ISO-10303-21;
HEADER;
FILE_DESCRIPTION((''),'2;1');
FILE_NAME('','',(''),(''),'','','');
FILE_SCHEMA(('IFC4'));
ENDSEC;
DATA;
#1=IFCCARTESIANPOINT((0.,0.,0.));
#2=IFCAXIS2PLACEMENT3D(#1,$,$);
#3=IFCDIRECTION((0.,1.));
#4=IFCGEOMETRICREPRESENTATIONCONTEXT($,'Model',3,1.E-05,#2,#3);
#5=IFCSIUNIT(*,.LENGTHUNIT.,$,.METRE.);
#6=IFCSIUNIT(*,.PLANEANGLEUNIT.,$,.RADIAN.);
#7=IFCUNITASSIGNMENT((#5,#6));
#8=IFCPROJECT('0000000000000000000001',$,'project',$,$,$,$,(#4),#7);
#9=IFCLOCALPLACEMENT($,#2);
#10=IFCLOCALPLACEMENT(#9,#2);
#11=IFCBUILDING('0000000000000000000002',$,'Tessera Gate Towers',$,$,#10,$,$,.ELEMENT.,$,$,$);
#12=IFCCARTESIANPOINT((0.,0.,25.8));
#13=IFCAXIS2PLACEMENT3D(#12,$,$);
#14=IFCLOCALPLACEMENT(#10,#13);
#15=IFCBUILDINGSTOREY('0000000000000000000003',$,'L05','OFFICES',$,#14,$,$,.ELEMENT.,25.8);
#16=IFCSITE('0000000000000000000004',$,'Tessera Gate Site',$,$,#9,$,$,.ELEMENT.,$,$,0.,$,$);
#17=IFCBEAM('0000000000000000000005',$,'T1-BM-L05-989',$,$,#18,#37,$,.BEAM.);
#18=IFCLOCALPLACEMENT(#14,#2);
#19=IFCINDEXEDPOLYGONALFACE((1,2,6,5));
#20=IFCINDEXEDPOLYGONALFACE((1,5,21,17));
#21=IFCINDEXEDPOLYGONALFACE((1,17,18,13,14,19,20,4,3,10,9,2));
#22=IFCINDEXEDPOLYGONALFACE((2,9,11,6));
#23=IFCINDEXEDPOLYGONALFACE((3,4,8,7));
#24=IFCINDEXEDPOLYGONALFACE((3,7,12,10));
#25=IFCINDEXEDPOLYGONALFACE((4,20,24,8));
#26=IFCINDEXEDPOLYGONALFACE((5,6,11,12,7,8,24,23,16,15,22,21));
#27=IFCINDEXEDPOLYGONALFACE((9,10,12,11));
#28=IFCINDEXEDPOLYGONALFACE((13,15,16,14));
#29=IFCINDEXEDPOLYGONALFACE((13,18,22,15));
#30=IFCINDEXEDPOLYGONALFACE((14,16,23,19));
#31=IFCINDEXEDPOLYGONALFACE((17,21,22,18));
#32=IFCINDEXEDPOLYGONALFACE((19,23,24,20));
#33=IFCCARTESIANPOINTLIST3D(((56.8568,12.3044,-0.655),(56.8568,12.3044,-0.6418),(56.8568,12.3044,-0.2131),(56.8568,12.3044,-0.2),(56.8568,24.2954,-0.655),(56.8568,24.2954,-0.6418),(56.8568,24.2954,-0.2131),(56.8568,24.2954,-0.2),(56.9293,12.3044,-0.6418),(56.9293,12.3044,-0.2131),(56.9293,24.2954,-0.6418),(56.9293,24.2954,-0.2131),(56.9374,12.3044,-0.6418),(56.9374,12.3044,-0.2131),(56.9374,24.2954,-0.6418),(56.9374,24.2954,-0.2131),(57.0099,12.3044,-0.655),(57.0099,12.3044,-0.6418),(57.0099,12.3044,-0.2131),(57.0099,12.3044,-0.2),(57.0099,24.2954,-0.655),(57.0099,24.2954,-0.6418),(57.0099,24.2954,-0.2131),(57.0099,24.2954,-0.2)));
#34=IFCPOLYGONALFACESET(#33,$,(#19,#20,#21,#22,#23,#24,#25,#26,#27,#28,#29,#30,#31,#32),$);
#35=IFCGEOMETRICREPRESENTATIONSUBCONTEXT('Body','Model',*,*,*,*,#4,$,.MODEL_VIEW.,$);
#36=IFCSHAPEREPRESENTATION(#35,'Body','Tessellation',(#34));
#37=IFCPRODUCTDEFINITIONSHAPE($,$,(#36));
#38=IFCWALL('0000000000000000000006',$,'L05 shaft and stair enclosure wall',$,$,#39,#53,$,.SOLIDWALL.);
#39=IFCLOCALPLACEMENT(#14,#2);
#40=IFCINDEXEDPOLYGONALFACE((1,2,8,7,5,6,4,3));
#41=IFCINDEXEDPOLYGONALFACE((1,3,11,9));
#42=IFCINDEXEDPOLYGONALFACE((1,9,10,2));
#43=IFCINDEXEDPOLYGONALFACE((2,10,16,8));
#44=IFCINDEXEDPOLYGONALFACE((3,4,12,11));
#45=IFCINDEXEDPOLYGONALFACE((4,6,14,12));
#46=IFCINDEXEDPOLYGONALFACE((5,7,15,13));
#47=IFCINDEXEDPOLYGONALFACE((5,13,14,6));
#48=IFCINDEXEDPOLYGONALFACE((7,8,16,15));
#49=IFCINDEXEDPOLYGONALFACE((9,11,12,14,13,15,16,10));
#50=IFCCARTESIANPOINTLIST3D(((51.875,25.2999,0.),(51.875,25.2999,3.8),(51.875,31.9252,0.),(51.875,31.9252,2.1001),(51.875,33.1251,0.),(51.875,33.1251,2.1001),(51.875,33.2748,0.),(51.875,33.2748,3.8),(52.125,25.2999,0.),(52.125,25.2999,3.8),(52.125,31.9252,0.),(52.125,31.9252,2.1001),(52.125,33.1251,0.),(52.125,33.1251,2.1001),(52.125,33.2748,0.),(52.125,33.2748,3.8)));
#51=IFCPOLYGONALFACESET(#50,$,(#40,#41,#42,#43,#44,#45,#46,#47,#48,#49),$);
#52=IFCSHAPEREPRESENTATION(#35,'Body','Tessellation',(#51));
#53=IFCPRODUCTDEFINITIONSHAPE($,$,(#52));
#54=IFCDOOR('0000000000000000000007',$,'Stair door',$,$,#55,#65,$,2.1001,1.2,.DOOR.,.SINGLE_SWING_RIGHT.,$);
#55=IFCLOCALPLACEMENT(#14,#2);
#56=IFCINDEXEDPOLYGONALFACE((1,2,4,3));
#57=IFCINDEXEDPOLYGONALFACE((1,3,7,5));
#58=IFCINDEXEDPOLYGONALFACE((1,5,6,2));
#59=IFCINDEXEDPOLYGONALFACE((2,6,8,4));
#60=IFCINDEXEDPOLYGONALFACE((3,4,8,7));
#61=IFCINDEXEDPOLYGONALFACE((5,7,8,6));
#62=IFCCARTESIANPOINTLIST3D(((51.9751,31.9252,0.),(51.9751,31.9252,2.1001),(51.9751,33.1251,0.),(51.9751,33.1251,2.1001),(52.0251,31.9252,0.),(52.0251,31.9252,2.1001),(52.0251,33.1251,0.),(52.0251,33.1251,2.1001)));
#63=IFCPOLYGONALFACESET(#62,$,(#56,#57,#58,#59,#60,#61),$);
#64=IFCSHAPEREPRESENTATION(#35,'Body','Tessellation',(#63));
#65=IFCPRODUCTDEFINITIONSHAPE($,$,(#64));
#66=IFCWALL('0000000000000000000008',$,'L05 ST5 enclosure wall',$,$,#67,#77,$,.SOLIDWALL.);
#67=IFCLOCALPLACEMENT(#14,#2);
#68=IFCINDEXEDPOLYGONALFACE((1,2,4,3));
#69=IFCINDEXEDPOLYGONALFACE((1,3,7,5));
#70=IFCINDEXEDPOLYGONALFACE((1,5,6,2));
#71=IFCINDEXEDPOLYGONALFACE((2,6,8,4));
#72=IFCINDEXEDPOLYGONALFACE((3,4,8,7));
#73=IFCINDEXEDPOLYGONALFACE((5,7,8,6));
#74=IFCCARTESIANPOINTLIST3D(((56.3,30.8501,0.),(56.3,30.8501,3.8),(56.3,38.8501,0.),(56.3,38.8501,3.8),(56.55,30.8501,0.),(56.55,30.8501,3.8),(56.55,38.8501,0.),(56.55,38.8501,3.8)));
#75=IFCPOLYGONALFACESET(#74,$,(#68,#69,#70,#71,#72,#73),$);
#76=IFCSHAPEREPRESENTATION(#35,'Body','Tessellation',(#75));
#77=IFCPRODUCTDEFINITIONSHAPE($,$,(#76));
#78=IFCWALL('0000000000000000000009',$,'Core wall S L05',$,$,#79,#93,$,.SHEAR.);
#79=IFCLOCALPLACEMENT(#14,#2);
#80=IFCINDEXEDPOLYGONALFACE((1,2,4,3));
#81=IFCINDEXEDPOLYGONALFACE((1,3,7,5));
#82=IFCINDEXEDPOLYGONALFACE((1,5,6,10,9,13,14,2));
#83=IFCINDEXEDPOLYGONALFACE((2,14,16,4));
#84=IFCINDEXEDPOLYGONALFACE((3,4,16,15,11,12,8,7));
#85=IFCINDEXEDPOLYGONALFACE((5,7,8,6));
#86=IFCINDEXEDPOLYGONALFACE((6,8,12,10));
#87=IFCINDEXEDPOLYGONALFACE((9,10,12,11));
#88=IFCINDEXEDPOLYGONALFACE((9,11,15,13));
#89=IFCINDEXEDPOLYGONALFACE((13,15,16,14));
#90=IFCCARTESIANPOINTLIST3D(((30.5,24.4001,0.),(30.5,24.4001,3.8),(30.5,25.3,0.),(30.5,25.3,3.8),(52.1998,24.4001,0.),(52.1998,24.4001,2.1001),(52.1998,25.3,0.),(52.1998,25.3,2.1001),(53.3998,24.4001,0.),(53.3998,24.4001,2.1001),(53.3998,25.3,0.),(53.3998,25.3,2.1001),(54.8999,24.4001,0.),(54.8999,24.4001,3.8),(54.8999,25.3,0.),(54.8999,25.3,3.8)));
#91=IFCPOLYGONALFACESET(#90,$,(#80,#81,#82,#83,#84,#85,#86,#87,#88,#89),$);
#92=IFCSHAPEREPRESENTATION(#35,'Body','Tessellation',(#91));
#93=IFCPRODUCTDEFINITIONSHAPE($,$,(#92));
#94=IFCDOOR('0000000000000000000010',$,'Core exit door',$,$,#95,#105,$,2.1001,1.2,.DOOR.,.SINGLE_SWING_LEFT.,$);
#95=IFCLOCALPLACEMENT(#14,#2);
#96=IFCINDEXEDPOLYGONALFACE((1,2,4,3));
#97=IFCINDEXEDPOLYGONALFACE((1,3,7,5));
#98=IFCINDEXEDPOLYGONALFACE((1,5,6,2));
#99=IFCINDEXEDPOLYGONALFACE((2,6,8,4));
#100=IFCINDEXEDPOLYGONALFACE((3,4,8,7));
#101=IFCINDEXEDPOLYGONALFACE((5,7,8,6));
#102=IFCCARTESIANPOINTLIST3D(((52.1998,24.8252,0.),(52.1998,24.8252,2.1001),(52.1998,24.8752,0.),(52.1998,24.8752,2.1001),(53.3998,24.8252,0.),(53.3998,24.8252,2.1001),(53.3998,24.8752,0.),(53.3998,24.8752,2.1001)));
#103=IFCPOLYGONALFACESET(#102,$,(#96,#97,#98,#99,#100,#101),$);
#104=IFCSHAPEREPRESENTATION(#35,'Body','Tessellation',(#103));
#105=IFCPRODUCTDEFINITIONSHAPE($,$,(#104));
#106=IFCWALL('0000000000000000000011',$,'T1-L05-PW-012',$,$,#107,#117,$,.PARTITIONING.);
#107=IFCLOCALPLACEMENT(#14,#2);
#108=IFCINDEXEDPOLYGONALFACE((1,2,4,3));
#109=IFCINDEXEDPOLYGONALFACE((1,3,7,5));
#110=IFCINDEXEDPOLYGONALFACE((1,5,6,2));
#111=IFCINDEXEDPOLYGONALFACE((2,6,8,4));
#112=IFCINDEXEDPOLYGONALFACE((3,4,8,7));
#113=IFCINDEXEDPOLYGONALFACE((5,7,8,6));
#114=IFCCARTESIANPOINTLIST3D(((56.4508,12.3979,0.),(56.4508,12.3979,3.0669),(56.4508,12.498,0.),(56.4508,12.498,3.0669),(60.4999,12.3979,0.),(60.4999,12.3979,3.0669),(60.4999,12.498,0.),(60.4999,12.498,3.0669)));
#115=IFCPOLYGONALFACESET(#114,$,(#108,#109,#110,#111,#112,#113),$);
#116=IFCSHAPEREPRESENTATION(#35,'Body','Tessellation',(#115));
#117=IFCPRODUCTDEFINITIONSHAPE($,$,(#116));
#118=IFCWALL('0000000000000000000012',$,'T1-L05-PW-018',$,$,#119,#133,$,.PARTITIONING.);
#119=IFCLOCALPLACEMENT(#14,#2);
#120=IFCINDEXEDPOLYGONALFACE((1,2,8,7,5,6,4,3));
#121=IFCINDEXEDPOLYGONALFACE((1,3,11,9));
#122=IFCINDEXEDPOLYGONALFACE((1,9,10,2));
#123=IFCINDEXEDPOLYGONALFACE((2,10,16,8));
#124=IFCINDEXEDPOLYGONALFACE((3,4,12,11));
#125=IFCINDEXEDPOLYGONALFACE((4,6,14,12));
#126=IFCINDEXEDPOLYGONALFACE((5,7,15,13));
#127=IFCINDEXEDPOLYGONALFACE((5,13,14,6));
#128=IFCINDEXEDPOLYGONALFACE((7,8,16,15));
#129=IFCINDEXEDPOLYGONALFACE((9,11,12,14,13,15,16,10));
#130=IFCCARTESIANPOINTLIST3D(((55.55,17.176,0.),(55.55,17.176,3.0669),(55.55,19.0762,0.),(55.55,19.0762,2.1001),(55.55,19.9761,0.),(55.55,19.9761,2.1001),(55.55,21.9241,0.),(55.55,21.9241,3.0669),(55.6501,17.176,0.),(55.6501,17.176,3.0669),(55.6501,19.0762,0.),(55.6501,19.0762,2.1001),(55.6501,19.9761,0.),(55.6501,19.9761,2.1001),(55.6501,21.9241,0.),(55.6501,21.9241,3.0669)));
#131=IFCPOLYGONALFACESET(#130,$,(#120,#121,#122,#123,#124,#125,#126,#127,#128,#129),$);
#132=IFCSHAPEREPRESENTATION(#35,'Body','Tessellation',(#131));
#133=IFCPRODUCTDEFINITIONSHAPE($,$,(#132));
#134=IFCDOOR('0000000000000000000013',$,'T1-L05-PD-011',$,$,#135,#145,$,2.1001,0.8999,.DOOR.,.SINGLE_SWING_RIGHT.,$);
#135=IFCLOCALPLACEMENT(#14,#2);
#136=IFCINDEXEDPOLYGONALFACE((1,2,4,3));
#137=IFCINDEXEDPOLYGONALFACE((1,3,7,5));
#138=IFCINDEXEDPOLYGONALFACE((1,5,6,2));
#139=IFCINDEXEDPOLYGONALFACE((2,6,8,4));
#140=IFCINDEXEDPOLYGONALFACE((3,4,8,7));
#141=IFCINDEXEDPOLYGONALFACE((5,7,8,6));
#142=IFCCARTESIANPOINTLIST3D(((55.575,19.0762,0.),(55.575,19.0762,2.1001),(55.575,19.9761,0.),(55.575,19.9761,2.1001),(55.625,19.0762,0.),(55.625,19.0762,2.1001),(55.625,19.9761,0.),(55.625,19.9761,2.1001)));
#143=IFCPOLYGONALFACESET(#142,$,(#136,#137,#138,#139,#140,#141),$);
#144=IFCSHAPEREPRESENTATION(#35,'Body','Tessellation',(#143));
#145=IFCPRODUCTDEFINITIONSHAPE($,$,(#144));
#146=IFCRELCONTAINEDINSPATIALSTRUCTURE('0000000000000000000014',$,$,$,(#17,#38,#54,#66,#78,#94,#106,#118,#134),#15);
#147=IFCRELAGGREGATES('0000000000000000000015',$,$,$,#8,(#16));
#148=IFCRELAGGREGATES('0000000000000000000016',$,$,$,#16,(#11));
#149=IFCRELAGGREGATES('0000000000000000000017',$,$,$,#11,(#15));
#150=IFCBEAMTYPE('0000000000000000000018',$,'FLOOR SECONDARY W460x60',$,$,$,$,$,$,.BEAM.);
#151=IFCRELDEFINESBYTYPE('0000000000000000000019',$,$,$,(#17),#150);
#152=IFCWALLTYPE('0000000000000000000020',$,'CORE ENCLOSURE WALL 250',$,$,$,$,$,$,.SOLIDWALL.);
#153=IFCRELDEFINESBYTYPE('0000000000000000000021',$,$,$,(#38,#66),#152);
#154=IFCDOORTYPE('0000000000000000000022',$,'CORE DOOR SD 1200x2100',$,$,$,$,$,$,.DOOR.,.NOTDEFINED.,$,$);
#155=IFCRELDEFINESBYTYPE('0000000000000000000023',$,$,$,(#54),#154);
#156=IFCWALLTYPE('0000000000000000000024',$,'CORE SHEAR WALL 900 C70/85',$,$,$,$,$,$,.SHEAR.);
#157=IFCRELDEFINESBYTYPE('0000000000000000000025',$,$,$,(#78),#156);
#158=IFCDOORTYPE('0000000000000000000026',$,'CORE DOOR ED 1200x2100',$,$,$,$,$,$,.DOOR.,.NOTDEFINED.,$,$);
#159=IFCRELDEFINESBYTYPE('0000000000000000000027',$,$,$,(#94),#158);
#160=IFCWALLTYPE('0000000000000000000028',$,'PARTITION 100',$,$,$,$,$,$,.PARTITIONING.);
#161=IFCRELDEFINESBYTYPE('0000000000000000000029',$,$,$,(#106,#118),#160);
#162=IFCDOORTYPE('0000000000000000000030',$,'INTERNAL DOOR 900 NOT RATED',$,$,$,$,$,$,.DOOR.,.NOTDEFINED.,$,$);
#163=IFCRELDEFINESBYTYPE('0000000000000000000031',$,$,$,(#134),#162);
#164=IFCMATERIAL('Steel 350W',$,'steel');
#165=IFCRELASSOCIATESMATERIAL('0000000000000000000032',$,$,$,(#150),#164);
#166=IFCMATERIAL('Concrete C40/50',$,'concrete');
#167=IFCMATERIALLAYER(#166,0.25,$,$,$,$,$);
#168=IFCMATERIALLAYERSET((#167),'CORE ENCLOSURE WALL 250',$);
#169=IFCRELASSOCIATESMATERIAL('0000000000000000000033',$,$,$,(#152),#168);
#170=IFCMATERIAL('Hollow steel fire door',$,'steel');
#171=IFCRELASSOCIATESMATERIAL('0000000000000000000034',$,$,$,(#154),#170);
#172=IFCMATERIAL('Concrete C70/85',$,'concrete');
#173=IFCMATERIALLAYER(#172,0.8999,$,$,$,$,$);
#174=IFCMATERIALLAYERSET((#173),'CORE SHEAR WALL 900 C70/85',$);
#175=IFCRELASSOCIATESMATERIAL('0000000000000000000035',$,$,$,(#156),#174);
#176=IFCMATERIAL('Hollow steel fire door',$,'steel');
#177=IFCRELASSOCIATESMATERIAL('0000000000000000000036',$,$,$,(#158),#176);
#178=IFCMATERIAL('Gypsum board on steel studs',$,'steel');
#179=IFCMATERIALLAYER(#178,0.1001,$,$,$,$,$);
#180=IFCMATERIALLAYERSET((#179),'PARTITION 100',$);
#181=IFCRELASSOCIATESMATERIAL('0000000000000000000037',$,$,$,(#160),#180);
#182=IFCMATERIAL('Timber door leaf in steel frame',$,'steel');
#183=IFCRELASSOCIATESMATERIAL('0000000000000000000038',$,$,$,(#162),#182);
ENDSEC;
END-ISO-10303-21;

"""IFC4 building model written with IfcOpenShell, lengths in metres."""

from ifc_helpers import new_model, si_unit, direction, frame, frame_2d, origin, origin_2d, place, context, subcontext, project, spatial, rectangle, i_section, extrude, source, transform, mapped, material, layer, layer_set, material_profile, profile_set, type_object, element, fill, save


model = new_model("IFC4")

# Units and contexts
model_context = context("Model", 3, precision=1e-05, world=origin(), true_north=direction((0.0, 1.0)))
body_context = subcontext(model_context, "Body", "Model", "MODEL_VIEW")
ifc_project = project(units=[si_unit("LENGTHUNIT", "METRE"), si_unit("PLANEANGLEUNIT", "RADIAN")], contexts=[model_context])

# Site, building, storey
site_placement = place(None, origin())
site = spatial("IfcSite", under=ifc_project, at=site_placement, Name="Tessera Gate Site", CompositionType="ELEMENT", RefElevation=0.0)
building_placement = place(site_placement, origin())
building = spatial("IfcBuilding", under=site, at=building_placement, Name="Tessera Gate Towers", CompositionType="ELEMENT")
storey_placement = place(building_placement, frame((0.0, 0.0, 25.8)))
storey = spatial("IfcBuildingStorey", under=building, at=storey_placement, Name="L05", Description="OFFICES", CompositionType="ELEMENT", Elevation=25.8)

# Beam
ifc_material_1 = material(Name="Steel 350W", Category="steel")
ifc_material_profile_1 = material_profile(ifc_material_1, i_section(OverallWidth=0.1531, OverallDepth=0.4551, WebThickness=0.0081, FlangeThickness=0.0132, at=origin_2d()), Name="W460x60")
ifc_profile_set_1 = profile_set([ifc_material_profile_1], Name="Steel 350W")
beam_type_1 = type_object("IfcBeamType", Name="FLOOR SECONDARY W460x60", PredefinedType="BEAM", material=ifc_profile_set_1)
beam_1_placement = place(storey_placement, frame((56.9333, 12.3044, -0.4275), z_axis=(0.0, 1.0, 0.0), x_axis=(-1.0, 0.0, 0.0)))
element("IfcBeam", 1, at=beam_1_placement, inside=storey, type_object=beam_type_1, Name="T1-BM-L05-989", PredefinedType="BEAM", context=body_context, shape_type="SweptSolid", body=[
    extrude(i_section(OverallWidth=0.1531, OverallDepth=0.4551, WebThickness=0.0081, FlangeThickness=0.0132, at=origin_2d()), origin(), (0.0, 0.0, 1.0), 11.991),
])

# Wall, opening, door
ifc_material_2 = material(Name="Concrete C40/50", Category="concrete")
ifc_layer_1 = layer(ifc_material_2, 0.25)
ifc_layer_set_1 = layer_set([ifc_layer_1], Name="CORE ENCLOSURE WALL 250")
wall_type_1 = type_object("IfcWallType", Name="CORE ENCLOSURE WALL 250", PredefinedType="SOLIDWALL", material=ifc_layer_set_1)
wall_1_placement = place(storey_placement, frame((52.0, 25.3, 0.0), z_axis=(0.0, 0.0, 1.0), x_axis=(0.0, 1.0, 0.0)))
wall_1 = element("IfcWall", 2, at=wall_1_placement, inside=storey, type_object=wall_type_1, Name="L05 shaft and stair enclosure wall", PredefinedType="SOLIDWALL", context=body_context, shape_type="SweptSolid", body=[
    extrude(rectangle(XDim=7.9749, YDim=0.25, at=frame_2d((3.9873, 0.0))), origin(), (0.0, 0.0, 1.0), 3.8),
])
shared_shape_1 = source(origin(), body_context, "Body", "SweptSolid", [
    extrude(rectangle(XDim=1.2, YDim=2.1001, at=frame_2d((0.6001, 1.05))), frame((0.0, 0.135, 0.0), z_axis=(0.0, -1.0, 0.0), x_axis=(1.0, 0.0, 0.0)), (0.0, 0.0, 1.0), 0.27),
])
opening_1_placement = place(wall_1_placement, frame((6.625, 0.0, 0.0)))
opening_1 = element("IfcOpeningElement", 3, at=opening_1_placement, cuts=wall_1, PredefinedType="OPENING", context=body_context, shape_type="MappedRepresentation", body=[
    mapped(shared_shape_1, transform((0.0, 0.0, 0.0), scale=1.0)),
])
ifc_material_3 = material(Name="Hollow steel fire door", Category="steel")
door_type_1 = type_object("IfcDoorType", Name="CORE DOOR SD 1200x2100", OperationType="NOTDEFINED", PredefinedType="DOOR", material=ifc_material_3)
shared_shape_2 = source(origin(), body_context, "Body", "SweptSolid", [
    extrude(rectangle(XDim=1.2, YDim=2.1001, at=frame_2d((0.6001, 1.05))), frame((0.0, 0.0249, 0.0), z_axis=(0.0, -1.0, 0.0), x_axis=(1.0, 0.0, 0.0)), (0.0, 0.0, 1.0), 0.05),
])
door_1_placement = place(opening_1_placement, origin())
door_1 = element("IfcDoor", 4, at=door_1_placement, inside=storey, type_object=door_type_1, Name="Stair door", OperationType="SINGLE_SWING_RIGHT", OverallHeight=2.1001, OverallWidth=1.2, PredefinedType="DOOR", context=body_context, shape_type="MappedRepresentation", body=[
    mapped(shared_shape_2, transform((0.0, 0.0, 0.0), scale=1.0)),
])
fill(opening_1, door_1)

# Wall
wall_2_placement = place(storey_placement, frame((56.425, 30.8501, 0.0), z_axis=(0.0, 0.0, 1.0), x_axis=(0.0, 1.0, 0.0)))
element("IfcWall", 5, at=wall_2_placement, inside=storey, type_object=wall_type_1, Name="L05 ST5 enclosure wall", PredefinedType="SOLIDWALL", context=body_context, shape_type="SweptSolid", body=[
    extrude(rectangle(XDim=8.0, YDim=0.25, at=frame_2d((4.0, 0.0))), origin(), (0.0, 0.0, 1.0), 3.8),
])

# Wall, opening, door
ifc_material_4 = material(Name="Concrete C70/85", Category="concrete")
ifc_layer_2 = layer(ifc_material_4, 0.8999)
ifc_layer_set_2 = layer_set([ifc_layer_2], Name="CORE SHEAR WALL 900 C70/85")
wall_type_2 = type_object("IfcWallType", Name="CORE SHEAR WALL 900 C70/85", PredefinedType="SHEAR", material=ifc_layer_set_2)
wall_3_placement = place(storey_placement, frame((54.8999, 24.8501, 0.0), z_axis=(0.0, 0.0, 1.0), x_axis=(-1.0, 0.0, 0.0)))
wall_3 = element("IfcWall", 6, at=wall_3_placement, inside=storey, type_object=wall_type_2, Name="Core wall S L05", PredefinedType="SHEAR", context=body_context, shape_type="SweptSolid", body=[
    extrude(rectangle(XDim=24.3999, YDim=0.8999, at=frame_2d((12.2, 0.0))), origin(), (0.0, 0.0, 1.0), 3.8),
])
shared_shape_3 = source(origin(), body_context, "Body", "SweptSolid", [
    extrude(rectangle(XDim=1.2, YDim=2.1001, at=frame_2d((0.6001, 1.05))), frame((0.0, 0.46, 0.0), z_axis=(0.0, -1.0, 0.0), x_axis=(1.0, 0.0, 0.0)), (0.0, 0.0, 1.0), 0.9199),
])
opening_2_placement = place(wall_3_placement, frame((1.5, 0.0, 0.0)))
opening_2 = element("IfcOpeningElement", 7, at=opening_2_placement, cuts=wall_3, PredefinedType="OPENING", context=body_context, shape_type="MappedRepresentation", body=[
    mapped(shared_shape_3, transform((0.0, 0.0, 0.0), scale=1.0)),
])
ifc_material_5 = material(Name="Hollow steel fire door", Category="steel")
door_type_2 = type_object("IfcDoorType", Name="CORE DOOR ED 1200x2100", OperationType="NOTDEFINED", PredefinedType="DOOR", material=ifc_material_5)
door_2_placement = place(opening_2_placement, origin())
door_2 = element("IfcDoor", 8, at=door_2_placement, inside=storey, type_object=door_type_2, Name="Core exit door", OperationType="SINGLE_SWING_LEFT", OverallHeight=2.1001, OverallWidth=1.2, PredefinedType="DOOR", context=body_context, shape_type="MappedRepresentation", body=[
    mapped(shared_shape_2, transform((0.0, 0.0, 0.0), scale=1.0)),
])
fill(opening_2, door_2)

# Wall
ifc_material_6 = material(Name="Gypsum board on steel studs", Category="steel")
ifc_layer_3 = layer(ifc_material_6, 0.1001)
ifc_layer_set_3 = layer_set([ifc_layer_3], Name="PARTITION 100")
wall_type_3 = type_object("IfcWallType", Name="PARTITION 100", PredefinedType="PARTITIONING", material=ifc_layer_set_3)
wall_4_placement = place(storey_placement, frame((56.4509, 12.448, 0.0), z_axis=(0.0, 0.0, 1.0), x_axis=(1.0, 0.0, 0.0)))
element("IfcWall", 9, at=wall_4_placement, inside=storey, type_object=wall_type_3, Name="T1-L05-PW-012", PredefinedType="PARTITIONING", context=body_context, shape_type="SweptSolid", body=[
    extrude(rectangle(XDim=4.0491, YDim=0.1001, at=frame_2d((2.0244, 0.0))), origin(), (0.0, 0.0, 1.0), 3.0669),
])

# Wall, opening, door
wall_5_placement = place(storey_placement, frame((55.6001, 21.9241, 0.0), z_axis=(0.0, 0.0, 1.0), x_axis=(0.0, -1.0, 0.0)))
wall_5 = element("IfcWall", 10, at=wall_5_placement, inside=storey, type_object=wall_type_3, Name="T1-L05-PW-018", PredefinedType="PARTITIONING", context=body_context, shape_type="SweptSolid", body=[
    extrude(rectangle(XDim=4.748, YDim=0.1001, at=frame_2d((2.374, 0.0))), origin(), (0.0, 0.0, 1.0), 3.0669),
])
shared_shape_4 = source(origin(), body_context, "Body", "SweptSolid", [
    extrude(rectangle(XDim=0.8999, YDim=2.1001, at=frame_2d((0.45, 1.05))), frame((0.0, 0.0601, 0.0), z_axis=(0.0, -1.0, 0.0), x_axis=(1.0, 0.0, 0.0)), (0.0, 0.0, 1.0), 0.1201),
])
opening_3_placement = place(wall_5_placement, frame((1.948, 0.0, 0.0)))
opening_3 = element("IfcOpeningElement", 11, at=opening_3_placement, cuts=wall_5, PredefinedType="OPENING", context=body_context, shape_type="MappedRepresentation", body=[
    mapped(shared_shape_4, transform((0.0, 0.0, 0.0), scale=1.0)),
])
ifc_material_7 = material(Name="Timber door leaf in steel frame", Category="steel")
door_type_3 = type_object("IfcDoorType", Name="INTERNAL DOOR 900 NOT RATED", OperationType="NOTDEFINED", PredefinedType="DOOR", material=ifc_material_7)
shared_shape_5 = source(origin(), body_context, "Body", "SweptSolid", [
    extrude(rectangle(XDim=0.8999, YDim=2.1001, at=frame_2d((0.45, 1.05))), frame((0.0, 0.0249, 0.0), z_axis=(0.0, -1.0, 0.0), x_axis=(1.0, 0.0, 0.0)), (0.0, 0.0, 1.0), 0.05),
])
door_3_placement = place(opening_3_placement, origin())
door_3 = element("IfcDoor", 12, at=door_3_placement, inside=storey, type_object=door_type_3, Name="T1-L05-PD-011", OperationType="SINGLE_SWING_RIGHT", OverallHeight=2.1001, OverallWidth=0.8999, PredefinedType="DOOR", context=body_context, shape_type="MappedRepresentation", body=[
    mapped(shared_shape_5, transform((0.0, 0.0, 0.0), scale=1.0)),
])
fill(opening_3, door_3)

save(model, "model.ifc")
